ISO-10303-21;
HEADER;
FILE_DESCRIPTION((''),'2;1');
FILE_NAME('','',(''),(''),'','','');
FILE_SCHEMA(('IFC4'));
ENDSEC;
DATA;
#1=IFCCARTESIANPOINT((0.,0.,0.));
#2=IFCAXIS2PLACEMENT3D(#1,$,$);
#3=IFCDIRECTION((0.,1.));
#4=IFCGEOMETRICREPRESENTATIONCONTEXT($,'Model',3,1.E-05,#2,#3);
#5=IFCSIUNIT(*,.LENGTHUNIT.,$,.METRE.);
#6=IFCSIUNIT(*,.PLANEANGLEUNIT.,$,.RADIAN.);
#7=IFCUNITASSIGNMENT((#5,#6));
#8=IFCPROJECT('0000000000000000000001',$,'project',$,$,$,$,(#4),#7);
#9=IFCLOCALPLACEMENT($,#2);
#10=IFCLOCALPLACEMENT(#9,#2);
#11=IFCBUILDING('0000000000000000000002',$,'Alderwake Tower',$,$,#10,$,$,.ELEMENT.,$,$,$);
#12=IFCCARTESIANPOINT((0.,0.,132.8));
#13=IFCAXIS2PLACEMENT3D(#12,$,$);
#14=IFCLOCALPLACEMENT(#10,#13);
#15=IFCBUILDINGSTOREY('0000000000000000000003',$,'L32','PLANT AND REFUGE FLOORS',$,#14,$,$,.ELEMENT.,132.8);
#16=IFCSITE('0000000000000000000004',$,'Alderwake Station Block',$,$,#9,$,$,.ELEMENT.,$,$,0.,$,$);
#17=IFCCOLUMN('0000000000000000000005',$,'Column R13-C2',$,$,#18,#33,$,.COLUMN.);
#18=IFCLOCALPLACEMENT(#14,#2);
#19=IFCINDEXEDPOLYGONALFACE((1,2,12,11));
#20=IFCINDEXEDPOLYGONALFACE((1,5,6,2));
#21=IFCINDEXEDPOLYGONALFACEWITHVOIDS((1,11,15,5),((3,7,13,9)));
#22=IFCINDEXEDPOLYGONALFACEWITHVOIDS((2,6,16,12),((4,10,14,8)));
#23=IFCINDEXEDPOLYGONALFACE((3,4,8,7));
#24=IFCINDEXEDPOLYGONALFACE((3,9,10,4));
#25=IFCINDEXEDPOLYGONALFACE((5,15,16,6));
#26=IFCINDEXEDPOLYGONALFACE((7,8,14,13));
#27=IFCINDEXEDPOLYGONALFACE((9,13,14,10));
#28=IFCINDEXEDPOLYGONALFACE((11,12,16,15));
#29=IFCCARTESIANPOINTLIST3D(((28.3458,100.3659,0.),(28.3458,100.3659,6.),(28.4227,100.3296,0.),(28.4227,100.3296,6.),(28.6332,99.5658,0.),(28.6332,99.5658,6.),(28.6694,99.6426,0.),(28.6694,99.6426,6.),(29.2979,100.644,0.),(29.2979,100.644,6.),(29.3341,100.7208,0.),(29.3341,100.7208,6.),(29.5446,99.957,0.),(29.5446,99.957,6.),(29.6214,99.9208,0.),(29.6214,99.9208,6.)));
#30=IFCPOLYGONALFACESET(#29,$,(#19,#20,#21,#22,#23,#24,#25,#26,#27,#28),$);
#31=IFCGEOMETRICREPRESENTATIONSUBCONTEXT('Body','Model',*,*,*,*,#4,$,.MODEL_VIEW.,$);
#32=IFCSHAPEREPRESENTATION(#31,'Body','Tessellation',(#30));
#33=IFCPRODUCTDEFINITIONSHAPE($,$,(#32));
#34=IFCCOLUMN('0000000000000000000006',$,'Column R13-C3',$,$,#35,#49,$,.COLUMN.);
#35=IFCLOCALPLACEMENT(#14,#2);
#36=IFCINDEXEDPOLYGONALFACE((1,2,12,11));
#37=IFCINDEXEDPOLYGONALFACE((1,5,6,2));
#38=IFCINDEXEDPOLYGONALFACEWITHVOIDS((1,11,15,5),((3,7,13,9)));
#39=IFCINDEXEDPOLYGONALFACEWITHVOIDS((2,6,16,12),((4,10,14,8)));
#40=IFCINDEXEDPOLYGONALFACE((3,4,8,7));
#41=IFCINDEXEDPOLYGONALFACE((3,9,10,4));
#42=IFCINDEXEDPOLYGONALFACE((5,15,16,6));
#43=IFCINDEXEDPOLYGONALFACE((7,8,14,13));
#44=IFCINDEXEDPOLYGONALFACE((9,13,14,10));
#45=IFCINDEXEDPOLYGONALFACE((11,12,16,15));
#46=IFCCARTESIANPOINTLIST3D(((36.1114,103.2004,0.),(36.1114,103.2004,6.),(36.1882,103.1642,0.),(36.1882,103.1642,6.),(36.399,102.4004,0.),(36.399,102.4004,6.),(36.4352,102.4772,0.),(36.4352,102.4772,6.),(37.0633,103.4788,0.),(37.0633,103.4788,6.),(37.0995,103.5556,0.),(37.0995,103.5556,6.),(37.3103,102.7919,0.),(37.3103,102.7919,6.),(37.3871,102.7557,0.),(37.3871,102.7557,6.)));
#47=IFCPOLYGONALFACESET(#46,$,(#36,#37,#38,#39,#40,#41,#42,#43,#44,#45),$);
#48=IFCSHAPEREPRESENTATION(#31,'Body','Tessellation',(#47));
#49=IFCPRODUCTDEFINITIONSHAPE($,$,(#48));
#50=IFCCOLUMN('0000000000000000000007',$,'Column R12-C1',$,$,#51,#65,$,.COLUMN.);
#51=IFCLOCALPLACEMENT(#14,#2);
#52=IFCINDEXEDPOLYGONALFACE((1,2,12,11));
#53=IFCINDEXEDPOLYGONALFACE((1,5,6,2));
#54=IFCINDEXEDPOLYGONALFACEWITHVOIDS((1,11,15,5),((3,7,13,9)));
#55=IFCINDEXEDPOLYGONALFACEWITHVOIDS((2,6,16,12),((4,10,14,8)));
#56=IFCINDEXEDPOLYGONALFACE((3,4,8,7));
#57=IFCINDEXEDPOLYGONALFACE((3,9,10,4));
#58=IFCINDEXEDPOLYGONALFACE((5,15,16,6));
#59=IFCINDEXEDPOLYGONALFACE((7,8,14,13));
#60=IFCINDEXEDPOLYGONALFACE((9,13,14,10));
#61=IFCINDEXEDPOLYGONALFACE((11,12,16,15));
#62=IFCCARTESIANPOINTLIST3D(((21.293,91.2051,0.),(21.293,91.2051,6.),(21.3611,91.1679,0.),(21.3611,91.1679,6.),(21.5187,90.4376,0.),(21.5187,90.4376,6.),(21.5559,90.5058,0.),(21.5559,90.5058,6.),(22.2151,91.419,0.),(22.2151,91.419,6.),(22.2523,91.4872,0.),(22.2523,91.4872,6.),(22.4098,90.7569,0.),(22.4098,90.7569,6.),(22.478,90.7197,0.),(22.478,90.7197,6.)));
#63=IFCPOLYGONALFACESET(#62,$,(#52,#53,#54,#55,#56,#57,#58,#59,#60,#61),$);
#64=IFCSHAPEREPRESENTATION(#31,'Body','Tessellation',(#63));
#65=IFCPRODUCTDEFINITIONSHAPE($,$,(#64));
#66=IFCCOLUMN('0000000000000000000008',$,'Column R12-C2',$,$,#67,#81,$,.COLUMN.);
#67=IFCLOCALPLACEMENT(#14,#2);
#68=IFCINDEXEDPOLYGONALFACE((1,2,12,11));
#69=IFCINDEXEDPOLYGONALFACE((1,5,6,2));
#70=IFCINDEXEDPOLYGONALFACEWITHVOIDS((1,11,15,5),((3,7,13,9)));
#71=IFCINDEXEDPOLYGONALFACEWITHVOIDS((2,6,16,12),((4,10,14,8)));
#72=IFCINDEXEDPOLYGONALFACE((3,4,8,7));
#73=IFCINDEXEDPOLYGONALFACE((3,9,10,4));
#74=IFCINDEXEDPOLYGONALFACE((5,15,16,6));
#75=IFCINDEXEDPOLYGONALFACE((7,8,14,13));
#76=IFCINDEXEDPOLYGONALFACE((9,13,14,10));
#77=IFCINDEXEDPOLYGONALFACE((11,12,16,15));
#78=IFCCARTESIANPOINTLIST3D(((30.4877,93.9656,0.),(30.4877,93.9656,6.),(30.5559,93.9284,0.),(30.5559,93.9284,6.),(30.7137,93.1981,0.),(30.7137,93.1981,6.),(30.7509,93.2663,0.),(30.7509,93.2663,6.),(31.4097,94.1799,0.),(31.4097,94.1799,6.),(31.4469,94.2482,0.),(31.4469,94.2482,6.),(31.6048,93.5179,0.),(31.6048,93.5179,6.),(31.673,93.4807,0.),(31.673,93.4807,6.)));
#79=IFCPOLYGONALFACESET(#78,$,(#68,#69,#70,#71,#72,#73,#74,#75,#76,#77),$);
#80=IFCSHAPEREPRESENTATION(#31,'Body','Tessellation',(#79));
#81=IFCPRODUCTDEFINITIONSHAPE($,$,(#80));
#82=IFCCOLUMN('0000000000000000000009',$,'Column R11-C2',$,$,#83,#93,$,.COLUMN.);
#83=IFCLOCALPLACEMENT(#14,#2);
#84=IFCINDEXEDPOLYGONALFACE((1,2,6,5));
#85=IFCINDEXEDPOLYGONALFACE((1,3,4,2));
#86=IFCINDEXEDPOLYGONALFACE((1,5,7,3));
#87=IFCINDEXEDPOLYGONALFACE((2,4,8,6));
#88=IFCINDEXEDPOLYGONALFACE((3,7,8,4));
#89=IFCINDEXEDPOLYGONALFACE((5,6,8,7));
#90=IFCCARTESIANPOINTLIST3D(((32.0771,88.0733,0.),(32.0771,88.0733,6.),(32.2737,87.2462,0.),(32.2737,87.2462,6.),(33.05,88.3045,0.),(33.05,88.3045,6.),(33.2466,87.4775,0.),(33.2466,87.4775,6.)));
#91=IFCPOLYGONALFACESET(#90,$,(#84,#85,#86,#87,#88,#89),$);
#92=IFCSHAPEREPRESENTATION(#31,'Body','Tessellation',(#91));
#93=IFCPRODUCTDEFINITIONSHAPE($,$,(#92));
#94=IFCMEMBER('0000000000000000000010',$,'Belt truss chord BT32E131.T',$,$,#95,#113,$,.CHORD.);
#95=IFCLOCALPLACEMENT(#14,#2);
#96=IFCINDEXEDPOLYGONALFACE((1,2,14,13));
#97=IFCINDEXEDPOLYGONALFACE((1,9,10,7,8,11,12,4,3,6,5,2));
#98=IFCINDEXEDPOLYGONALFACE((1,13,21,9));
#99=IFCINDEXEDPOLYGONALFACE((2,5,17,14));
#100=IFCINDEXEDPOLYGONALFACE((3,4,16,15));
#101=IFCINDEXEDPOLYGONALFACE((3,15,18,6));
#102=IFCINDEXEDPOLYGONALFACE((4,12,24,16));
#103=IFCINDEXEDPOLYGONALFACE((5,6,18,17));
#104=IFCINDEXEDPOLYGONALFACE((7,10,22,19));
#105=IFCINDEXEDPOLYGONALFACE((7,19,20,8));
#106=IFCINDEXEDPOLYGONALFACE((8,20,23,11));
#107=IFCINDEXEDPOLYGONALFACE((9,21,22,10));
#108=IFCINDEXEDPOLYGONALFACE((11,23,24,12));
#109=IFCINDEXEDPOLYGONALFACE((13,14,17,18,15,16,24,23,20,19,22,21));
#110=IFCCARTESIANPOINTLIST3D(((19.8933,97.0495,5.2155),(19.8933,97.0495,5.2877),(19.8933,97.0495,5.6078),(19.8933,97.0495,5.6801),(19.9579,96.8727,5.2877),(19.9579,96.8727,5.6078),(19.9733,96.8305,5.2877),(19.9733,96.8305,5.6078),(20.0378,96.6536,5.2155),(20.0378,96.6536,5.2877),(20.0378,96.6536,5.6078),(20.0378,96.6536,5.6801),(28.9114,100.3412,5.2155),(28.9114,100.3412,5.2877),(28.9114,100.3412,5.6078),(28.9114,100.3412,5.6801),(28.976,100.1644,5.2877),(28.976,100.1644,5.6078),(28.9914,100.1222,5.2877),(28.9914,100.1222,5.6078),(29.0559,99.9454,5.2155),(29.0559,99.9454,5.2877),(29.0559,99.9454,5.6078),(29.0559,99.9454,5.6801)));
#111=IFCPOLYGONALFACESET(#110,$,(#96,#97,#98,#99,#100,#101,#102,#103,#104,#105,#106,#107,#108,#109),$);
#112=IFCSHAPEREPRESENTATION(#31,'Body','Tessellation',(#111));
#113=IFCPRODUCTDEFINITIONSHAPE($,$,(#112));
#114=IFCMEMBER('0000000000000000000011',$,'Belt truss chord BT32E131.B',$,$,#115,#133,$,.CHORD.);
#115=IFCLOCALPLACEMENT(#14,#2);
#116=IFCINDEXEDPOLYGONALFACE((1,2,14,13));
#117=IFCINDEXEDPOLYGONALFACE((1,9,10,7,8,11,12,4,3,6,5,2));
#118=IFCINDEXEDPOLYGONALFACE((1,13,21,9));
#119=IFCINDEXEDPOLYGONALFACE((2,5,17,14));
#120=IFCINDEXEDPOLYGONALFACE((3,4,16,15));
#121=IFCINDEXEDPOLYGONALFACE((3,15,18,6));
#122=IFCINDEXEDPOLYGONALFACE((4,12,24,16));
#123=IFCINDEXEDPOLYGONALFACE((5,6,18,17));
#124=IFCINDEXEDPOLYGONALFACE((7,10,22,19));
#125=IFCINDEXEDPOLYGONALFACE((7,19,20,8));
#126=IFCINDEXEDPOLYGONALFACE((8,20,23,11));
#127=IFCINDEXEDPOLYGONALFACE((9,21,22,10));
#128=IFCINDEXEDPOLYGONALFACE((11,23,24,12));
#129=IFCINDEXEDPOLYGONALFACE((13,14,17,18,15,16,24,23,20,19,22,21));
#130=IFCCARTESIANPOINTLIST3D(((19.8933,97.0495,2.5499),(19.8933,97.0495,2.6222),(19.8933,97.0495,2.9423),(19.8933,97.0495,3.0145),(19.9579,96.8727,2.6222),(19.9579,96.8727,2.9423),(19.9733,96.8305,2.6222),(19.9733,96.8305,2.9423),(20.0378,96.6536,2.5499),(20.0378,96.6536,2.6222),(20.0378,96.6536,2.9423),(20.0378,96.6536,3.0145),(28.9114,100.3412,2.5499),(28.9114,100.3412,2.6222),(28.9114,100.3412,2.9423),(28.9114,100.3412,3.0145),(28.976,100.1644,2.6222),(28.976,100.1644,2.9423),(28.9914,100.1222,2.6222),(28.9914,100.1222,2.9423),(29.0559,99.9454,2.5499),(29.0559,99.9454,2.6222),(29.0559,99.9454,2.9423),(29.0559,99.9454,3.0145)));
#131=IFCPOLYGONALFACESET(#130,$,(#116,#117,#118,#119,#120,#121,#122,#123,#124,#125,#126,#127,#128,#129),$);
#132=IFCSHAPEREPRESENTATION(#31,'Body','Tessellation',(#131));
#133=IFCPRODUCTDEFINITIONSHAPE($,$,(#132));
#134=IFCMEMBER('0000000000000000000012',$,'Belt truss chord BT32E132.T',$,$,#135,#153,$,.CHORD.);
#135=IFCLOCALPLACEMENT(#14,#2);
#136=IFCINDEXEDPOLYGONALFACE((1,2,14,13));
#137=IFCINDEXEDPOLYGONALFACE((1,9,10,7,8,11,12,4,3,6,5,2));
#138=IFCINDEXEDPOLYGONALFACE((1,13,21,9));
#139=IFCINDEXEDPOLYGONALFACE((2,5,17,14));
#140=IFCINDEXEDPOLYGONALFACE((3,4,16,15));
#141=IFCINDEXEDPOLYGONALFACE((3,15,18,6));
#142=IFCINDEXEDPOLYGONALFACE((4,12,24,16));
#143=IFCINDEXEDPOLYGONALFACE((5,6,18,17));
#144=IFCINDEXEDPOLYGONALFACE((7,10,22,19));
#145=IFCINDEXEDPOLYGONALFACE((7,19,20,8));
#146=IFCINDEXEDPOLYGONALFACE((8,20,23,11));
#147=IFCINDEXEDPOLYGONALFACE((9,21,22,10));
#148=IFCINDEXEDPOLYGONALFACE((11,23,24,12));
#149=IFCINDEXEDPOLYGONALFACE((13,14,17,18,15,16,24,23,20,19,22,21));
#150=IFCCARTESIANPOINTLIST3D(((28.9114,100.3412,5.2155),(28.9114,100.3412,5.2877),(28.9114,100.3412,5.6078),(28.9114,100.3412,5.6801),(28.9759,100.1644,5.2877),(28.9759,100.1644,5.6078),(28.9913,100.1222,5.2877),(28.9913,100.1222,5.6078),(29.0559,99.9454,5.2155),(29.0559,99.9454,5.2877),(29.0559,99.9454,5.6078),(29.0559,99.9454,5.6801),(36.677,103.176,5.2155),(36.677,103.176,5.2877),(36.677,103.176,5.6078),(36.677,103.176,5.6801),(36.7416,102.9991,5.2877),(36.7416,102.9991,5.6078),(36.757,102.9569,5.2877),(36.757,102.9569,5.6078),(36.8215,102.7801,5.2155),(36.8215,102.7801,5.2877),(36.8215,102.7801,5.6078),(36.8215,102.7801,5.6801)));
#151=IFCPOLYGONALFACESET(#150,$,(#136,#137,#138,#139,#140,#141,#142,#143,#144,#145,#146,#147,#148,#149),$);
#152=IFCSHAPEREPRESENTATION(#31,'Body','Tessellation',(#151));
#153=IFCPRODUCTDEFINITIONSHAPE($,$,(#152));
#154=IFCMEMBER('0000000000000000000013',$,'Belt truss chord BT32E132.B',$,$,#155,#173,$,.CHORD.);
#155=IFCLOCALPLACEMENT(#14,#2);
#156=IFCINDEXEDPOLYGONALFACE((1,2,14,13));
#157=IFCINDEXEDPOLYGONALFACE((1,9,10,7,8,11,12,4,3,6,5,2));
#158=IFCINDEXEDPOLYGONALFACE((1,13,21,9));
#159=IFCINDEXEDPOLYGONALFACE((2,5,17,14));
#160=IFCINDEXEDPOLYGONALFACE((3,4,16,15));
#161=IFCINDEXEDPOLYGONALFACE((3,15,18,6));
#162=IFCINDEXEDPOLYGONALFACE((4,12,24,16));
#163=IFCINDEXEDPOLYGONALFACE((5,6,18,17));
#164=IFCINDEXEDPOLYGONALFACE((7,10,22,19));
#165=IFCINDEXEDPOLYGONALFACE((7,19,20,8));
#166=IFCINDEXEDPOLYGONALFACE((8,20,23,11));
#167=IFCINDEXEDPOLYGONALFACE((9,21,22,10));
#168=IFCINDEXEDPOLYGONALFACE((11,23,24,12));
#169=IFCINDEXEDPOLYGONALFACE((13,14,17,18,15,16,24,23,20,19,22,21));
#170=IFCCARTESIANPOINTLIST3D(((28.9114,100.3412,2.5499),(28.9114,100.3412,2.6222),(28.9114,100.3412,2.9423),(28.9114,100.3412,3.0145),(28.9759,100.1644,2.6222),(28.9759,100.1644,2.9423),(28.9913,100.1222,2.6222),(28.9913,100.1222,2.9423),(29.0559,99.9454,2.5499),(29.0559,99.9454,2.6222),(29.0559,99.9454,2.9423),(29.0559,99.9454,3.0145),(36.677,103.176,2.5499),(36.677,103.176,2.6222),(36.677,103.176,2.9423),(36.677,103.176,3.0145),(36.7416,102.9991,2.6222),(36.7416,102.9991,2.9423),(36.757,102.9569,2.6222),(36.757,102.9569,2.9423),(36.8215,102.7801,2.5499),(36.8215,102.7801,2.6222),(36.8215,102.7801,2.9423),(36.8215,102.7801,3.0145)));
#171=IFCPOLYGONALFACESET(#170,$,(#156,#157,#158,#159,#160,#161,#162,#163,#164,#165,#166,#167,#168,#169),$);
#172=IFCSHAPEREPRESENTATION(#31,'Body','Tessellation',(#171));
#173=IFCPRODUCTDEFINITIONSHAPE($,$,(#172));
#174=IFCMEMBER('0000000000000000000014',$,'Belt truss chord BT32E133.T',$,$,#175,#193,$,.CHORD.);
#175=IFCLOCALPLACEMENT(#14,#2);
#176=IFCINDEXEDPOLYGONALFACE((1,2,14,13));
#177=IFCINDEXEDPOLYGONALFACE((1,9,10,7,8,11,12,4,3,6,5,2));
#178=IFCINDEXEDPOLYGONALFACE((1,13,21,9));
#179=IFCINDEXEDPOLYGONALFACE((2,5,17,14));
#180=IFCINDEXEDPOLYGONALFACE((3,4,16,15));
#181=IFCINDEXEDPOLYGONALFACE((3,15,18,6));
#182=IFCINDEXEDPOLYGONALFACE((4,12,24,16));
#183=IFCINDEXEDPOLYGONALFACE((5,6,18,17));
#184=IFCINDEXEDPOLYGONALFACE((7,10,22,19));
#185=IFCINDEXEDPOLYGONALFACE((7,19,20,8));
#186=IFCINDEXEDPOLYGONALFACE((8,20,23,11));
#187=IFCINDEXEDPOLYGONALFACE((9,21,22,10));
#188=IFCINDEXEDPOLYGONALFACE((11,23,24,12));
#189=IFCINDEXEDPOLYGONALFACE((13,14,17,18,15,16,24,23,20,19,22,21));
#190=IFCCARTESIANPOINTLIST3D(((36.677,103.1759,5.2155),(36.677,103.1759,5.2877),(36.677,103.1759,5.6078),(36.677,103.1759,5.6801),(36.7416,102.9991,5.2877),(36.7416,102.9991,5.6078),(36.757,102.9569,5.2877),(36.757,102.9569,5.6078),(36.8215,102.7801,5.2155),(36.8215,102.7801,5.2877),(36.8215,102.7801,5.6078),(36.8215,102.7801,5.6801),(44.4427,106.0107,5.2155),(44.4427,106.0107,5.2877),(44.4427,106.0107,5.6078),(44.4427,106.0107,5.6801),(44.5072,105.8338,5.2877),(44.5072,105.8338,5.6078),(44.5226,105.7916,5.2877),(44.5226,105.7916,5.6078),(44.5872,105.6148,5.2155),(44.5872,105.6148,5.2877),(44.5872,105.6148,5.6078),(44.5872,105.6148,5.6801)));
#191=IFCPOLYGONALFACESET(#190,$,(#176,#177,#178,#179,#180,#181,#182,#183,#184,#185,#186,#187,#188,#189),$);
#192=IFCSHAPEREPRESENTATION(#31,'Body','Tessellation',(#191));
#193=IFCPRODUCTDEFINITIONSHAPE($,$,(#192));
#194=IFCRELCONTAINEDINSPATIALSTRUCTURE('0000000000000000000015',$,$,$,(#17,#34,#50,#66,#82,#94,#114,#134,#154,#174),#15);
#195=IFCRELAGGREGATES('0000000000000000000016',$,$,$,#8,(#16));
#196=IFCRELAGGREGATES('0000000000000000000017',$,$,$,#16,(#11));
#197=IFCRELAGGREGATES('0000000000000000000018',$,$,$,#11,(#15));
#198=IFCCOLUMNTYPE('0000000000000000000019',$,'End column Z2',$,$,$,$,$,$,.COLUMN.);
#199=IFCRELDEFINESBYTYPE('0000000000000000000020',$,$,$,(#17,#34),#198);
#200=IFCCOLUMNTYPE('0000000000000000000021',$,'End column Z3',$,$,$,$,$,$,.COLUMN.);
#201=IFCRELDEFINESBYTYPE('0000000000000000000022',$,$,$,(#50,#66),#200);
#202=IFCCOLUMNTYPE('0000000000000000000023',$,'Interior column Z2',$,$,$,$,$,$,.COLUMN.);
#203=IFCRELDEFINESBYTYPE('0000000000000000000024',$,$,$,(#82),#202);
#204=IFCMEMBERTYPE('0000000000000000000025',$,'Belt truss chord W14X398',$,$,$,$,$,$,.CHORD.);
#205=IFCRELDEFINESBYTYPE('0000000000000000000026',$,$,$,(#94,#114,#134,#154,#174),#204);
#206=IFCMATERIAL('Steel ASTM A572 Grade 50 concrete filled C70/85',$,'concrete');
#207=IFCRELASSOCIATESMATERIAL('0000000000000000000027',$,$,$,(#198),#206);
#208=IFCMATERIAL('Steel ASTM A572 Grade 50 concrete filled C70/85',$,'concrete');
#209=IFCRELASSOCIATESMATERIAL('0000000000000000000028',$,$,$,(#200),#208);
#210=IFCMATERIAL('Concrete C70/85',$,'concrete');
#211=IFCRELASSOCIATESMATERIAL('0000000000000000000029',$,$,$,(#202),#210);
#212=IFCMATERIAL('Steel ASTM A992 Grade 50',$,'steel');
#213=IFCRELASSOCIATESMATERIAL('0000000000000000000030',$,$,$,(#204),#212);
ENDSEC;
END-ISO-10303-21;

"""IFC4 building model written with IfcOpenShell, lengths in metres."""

from ifc_helpers import new_model, si_unit, direction, frame, origin, origin_2d, place, context, subcontext, project, spatial, rectangle, hollow_rectangle, i_section, extrude, material, material_profile, profile_set, type_object, element, save


model = new_model("IFC4")

# Units and contexts
model_context = context("Model", 3, precision=1e-05, world=origin(), true_north=direction((0.0, 1.0)))
body_context = subcontext(model_context, "Body", "Model", "MODEL_VIEW")
ifc_project = project(units=[si_unit("LENGTHUNIT", "METRE"), si_unit("PLANEANGLEUNIT", "RADIAN")], contexts=[model_context])

# Site, building, storey
site_placement = place(None, origin())
site = spatial("IfcSite", under=ifc_project, at=site_placement, Name="Alderwake Station Block", CompositionType="ELEMENT", RefElevation=0.0)
building_placement = place(site_placement, origin())
building = spatial("IfcBuilding", under=site, at=building_placement, Name="Alderwake Tower", CompositionType="ELEMENT")
storey_placement = place(building_placement, frame((0.0, 0.0, 132.8)))
storey = spatial("IfcBuildingStorey", under=building, at=storey_placement, Name="L32", Description="PLANT AND REFUGE FLOORS", CompositionType="ELEMENT", Elevation=132.8)

# Columns
ifc_material_1 = material(Name="Steel ASTM A572 Grade 50 concrete filled C70/85", Category="concrete")
ifc_material_profile_1 = material_profile(ifc_material_1, hollow_rectangle(XDim=0.8501, YDim=1.05, WallThickness=0.0601, at=origin_2d()), Name="BOX 1050X850X60")
ifc_profile_set_1 = profile_set([ifc_material_profile_1], Name="Steel ASTM A572 Grade 50 concrete filled C70/85")
column_type_1 = type_object("IfcColumnType", Name="End column Z2", PredefinedType="COLUMN", material=ifc_profile_set_1)
for number, where, z_axis, x_axis, name in (
    (1, (28.9836, 100.1433, 0.0), (0.0, 0.0, 1.0), (-0.338027, 0.941136, 0.0), "Column R13-C2"),
    (2, (36.7493, 102.978, 0.0), (0.0, 0.0, 1.0), (-0.338352, 0.94102, 0.0), "Column R13-C3"),
):
    element("IfcColumn", number, at=place(storey_placement, frame(where, z_axis=z_axis, x_axis=x_axis)), inside=storey, type_object=column_type_1, Name=name, PredefinedType="COLUMN", context=body_context, shape_type="SweptSolid", body=[
        extrude(hollow_rectangle(XDim=0.8501, YDim=1.05, WallThickness=0.0601, at=origin_2d()), origin(), (0.0, 0.0, 1.0), 6.0),
    ])
ifc_material_2 = material(Name="Steel ASTM A572 Grade 50 concrete filled C70/85", Category="concrete")
ifc_material_profile_2 = material_profile(ifc_material_2, hollow_rectangle(XDim=0.8, YDim=1.0, WallThickness=0.0549, at=origin_2d()), Name="BOX 1000X800X55")
ifc_profile_set_2 = profile_set([ifc_material_profile_2], Name="Steel ASTM A572 Grade 50 concrete filled C70/85")
column_type_2 = type_object("IfcColumnType", Name="End column Z3", PredefinedType="COLUMN", material=ifc_profile_set_2)
for number, where, z_axis, x_axis, name in (
    (3, (21.8855, 90.9624, 0.0), (0.0, 0.0, 1.0), (-0.282132, 0.959376, 0.0), "Column R12-C1"),
    (4, (31.0803, 93.7231, 0.0), (0.0, 0.0, 1.0), (-0.282583, 0.959243, 0.0), "Column R12-C2"),
):
    element("IfcColumn", number, at=place(storey_placement, frame(where, z_axis=z_axis, x_axis=x_axis)), inside=storey, type_object=column_type_2, Name=name, PredefinedType="COLUMN", context=body_context, shape_type="SweptSolid", body=[
        extrude(hollow_rectangle(XDim=0.8, YDim=1.0, WallThickness=0.0549, at=origin_2d()), origin(), (0.0, 0.0, 1.0), 6.0),
    ])
ifc_material_3 = material(Name="Concrete C70/85", Category="concrete")
ifc_material_profile_3 = material_profile(ifc_material_3, rectangle(XDim=0.8501, YDim=1.0, at=origin_2d()), Name="RC 1000X850")
ifc_profile_set_3 = profile_set([ifc_material_profile_3], Name="Concrete C70/85")
column_type_3 = type_object("IfcColumnType", Name="Interior column Z2", PredefinedType="COLUMN", material=ifc_profile_set_3)
column_placement = place(storey_placement, frame((32.6619, 87.7754, 0.0), z_axis=(0.0, 0.0, 1.0), x_axis=(-0.231222, 0.972901, 0.0)))
element("IfcColumn", 5, at=column_placement, inside=storey, type_object=column_type_3, Name="Column R11-C2", PredefinedType="COLUMN", context=body_context, shape_type="SweptSolid", body=[
    extrude(rectangle(XDim=0.8501, YDim=1.0, at=origin_2d()), origin(), (0.0, 0.0, 1.0), 6.0),
])

# Members
ifc_material_4 = material(Name="Steel ASTM A992 Grade 50", Category="steel")
ifc_material_profile_4 = material_profile(ifc_material_4, i_section(OverallWidth=0.4214, OverallDepth=0.4646, WebThickness=0.0449, FlangeThickness=0.0723, at=origin_2d()), Name="W14X398")
ifc_profile_set_4 = profile_set([ifc_material_profile_4], Name="Steel ASTM A992 Grade 50")
member_type_1 = type_object("IfcMemberType", Name="Belt truss chord W14X398", PredefinedType="CHORD", material=ifc_profile_set_4)
for number, where, z_axis, x_axis, name in (
    (6, (19.9656, 96.8516, 5.4478), (0.939376, 0.342888, 0.0), (-0.342888, 0.939376, 0.0), "Belt truss chord BT32E131.T"),
    (7, (19.9656, 96.8516, 2.7822), (0.939376, 0.342888, 0.0), (-0.342888, 0.939376, 0.0), "Belt truss chord BT32E131.B"),
):
    element("IfcMember", number, at=place(storey_placement, frame(where, z_axis=z_axis, x_axis=x_axis)), inside=storey, type_object=member_type_1, Name=name, PredefinedType="CHORD", context=body_context, shape_type="SweptSolid", body=[
        extrude(i_section(OverallWidth=0.4214, OverallDepth=0.4646, WebThickness=0.0449, FlangeThickness=0.0723, at=origin_2d()), origin(), (0.0, 0.0, 1.0), 9.6001),
    ])
for number, where, z_axis, x_axis, name in (
    (8, (28.9836, 100.1433, 5.4478), (0.939371, 0.342902, 0.0), (-0.342902, 0.939371, 0.0), "Belt truss chord BT32E132.T"),
    (9, (28.9836, 100.1433, 2.7822), (0.939371, 0.342902, 0.0), (-0.342902, 0.939371, 0.0), "Belt truss chord BT32E132.B"),
    (10, (36.7493, 102.978, 5.4478), (0.939371, 0.342902, 0.0), (-0.342902, 0.939371, 0.0), "Belt truss chord BT32E133.T"),
):
    element("IfcMember", number, at=place(storey_placement, frame(where, z_axis=z_axis, x_axis=x_axis)), inside=storey, type_object=member_type_1, Name=name, PredefinedType="CHORD", context=body_context, shape_type="SweptSolid", body=[
        extrude(i_section(OverallWidth=0.4214, OverallDepth=0.4646, WebThickness=0.0449, FlangeThickness=0.0723, at=origin_2d()), origin(), (0.0, 0.0, 1.0), 8.2668),
    ])

save(model, "model.ifc")
